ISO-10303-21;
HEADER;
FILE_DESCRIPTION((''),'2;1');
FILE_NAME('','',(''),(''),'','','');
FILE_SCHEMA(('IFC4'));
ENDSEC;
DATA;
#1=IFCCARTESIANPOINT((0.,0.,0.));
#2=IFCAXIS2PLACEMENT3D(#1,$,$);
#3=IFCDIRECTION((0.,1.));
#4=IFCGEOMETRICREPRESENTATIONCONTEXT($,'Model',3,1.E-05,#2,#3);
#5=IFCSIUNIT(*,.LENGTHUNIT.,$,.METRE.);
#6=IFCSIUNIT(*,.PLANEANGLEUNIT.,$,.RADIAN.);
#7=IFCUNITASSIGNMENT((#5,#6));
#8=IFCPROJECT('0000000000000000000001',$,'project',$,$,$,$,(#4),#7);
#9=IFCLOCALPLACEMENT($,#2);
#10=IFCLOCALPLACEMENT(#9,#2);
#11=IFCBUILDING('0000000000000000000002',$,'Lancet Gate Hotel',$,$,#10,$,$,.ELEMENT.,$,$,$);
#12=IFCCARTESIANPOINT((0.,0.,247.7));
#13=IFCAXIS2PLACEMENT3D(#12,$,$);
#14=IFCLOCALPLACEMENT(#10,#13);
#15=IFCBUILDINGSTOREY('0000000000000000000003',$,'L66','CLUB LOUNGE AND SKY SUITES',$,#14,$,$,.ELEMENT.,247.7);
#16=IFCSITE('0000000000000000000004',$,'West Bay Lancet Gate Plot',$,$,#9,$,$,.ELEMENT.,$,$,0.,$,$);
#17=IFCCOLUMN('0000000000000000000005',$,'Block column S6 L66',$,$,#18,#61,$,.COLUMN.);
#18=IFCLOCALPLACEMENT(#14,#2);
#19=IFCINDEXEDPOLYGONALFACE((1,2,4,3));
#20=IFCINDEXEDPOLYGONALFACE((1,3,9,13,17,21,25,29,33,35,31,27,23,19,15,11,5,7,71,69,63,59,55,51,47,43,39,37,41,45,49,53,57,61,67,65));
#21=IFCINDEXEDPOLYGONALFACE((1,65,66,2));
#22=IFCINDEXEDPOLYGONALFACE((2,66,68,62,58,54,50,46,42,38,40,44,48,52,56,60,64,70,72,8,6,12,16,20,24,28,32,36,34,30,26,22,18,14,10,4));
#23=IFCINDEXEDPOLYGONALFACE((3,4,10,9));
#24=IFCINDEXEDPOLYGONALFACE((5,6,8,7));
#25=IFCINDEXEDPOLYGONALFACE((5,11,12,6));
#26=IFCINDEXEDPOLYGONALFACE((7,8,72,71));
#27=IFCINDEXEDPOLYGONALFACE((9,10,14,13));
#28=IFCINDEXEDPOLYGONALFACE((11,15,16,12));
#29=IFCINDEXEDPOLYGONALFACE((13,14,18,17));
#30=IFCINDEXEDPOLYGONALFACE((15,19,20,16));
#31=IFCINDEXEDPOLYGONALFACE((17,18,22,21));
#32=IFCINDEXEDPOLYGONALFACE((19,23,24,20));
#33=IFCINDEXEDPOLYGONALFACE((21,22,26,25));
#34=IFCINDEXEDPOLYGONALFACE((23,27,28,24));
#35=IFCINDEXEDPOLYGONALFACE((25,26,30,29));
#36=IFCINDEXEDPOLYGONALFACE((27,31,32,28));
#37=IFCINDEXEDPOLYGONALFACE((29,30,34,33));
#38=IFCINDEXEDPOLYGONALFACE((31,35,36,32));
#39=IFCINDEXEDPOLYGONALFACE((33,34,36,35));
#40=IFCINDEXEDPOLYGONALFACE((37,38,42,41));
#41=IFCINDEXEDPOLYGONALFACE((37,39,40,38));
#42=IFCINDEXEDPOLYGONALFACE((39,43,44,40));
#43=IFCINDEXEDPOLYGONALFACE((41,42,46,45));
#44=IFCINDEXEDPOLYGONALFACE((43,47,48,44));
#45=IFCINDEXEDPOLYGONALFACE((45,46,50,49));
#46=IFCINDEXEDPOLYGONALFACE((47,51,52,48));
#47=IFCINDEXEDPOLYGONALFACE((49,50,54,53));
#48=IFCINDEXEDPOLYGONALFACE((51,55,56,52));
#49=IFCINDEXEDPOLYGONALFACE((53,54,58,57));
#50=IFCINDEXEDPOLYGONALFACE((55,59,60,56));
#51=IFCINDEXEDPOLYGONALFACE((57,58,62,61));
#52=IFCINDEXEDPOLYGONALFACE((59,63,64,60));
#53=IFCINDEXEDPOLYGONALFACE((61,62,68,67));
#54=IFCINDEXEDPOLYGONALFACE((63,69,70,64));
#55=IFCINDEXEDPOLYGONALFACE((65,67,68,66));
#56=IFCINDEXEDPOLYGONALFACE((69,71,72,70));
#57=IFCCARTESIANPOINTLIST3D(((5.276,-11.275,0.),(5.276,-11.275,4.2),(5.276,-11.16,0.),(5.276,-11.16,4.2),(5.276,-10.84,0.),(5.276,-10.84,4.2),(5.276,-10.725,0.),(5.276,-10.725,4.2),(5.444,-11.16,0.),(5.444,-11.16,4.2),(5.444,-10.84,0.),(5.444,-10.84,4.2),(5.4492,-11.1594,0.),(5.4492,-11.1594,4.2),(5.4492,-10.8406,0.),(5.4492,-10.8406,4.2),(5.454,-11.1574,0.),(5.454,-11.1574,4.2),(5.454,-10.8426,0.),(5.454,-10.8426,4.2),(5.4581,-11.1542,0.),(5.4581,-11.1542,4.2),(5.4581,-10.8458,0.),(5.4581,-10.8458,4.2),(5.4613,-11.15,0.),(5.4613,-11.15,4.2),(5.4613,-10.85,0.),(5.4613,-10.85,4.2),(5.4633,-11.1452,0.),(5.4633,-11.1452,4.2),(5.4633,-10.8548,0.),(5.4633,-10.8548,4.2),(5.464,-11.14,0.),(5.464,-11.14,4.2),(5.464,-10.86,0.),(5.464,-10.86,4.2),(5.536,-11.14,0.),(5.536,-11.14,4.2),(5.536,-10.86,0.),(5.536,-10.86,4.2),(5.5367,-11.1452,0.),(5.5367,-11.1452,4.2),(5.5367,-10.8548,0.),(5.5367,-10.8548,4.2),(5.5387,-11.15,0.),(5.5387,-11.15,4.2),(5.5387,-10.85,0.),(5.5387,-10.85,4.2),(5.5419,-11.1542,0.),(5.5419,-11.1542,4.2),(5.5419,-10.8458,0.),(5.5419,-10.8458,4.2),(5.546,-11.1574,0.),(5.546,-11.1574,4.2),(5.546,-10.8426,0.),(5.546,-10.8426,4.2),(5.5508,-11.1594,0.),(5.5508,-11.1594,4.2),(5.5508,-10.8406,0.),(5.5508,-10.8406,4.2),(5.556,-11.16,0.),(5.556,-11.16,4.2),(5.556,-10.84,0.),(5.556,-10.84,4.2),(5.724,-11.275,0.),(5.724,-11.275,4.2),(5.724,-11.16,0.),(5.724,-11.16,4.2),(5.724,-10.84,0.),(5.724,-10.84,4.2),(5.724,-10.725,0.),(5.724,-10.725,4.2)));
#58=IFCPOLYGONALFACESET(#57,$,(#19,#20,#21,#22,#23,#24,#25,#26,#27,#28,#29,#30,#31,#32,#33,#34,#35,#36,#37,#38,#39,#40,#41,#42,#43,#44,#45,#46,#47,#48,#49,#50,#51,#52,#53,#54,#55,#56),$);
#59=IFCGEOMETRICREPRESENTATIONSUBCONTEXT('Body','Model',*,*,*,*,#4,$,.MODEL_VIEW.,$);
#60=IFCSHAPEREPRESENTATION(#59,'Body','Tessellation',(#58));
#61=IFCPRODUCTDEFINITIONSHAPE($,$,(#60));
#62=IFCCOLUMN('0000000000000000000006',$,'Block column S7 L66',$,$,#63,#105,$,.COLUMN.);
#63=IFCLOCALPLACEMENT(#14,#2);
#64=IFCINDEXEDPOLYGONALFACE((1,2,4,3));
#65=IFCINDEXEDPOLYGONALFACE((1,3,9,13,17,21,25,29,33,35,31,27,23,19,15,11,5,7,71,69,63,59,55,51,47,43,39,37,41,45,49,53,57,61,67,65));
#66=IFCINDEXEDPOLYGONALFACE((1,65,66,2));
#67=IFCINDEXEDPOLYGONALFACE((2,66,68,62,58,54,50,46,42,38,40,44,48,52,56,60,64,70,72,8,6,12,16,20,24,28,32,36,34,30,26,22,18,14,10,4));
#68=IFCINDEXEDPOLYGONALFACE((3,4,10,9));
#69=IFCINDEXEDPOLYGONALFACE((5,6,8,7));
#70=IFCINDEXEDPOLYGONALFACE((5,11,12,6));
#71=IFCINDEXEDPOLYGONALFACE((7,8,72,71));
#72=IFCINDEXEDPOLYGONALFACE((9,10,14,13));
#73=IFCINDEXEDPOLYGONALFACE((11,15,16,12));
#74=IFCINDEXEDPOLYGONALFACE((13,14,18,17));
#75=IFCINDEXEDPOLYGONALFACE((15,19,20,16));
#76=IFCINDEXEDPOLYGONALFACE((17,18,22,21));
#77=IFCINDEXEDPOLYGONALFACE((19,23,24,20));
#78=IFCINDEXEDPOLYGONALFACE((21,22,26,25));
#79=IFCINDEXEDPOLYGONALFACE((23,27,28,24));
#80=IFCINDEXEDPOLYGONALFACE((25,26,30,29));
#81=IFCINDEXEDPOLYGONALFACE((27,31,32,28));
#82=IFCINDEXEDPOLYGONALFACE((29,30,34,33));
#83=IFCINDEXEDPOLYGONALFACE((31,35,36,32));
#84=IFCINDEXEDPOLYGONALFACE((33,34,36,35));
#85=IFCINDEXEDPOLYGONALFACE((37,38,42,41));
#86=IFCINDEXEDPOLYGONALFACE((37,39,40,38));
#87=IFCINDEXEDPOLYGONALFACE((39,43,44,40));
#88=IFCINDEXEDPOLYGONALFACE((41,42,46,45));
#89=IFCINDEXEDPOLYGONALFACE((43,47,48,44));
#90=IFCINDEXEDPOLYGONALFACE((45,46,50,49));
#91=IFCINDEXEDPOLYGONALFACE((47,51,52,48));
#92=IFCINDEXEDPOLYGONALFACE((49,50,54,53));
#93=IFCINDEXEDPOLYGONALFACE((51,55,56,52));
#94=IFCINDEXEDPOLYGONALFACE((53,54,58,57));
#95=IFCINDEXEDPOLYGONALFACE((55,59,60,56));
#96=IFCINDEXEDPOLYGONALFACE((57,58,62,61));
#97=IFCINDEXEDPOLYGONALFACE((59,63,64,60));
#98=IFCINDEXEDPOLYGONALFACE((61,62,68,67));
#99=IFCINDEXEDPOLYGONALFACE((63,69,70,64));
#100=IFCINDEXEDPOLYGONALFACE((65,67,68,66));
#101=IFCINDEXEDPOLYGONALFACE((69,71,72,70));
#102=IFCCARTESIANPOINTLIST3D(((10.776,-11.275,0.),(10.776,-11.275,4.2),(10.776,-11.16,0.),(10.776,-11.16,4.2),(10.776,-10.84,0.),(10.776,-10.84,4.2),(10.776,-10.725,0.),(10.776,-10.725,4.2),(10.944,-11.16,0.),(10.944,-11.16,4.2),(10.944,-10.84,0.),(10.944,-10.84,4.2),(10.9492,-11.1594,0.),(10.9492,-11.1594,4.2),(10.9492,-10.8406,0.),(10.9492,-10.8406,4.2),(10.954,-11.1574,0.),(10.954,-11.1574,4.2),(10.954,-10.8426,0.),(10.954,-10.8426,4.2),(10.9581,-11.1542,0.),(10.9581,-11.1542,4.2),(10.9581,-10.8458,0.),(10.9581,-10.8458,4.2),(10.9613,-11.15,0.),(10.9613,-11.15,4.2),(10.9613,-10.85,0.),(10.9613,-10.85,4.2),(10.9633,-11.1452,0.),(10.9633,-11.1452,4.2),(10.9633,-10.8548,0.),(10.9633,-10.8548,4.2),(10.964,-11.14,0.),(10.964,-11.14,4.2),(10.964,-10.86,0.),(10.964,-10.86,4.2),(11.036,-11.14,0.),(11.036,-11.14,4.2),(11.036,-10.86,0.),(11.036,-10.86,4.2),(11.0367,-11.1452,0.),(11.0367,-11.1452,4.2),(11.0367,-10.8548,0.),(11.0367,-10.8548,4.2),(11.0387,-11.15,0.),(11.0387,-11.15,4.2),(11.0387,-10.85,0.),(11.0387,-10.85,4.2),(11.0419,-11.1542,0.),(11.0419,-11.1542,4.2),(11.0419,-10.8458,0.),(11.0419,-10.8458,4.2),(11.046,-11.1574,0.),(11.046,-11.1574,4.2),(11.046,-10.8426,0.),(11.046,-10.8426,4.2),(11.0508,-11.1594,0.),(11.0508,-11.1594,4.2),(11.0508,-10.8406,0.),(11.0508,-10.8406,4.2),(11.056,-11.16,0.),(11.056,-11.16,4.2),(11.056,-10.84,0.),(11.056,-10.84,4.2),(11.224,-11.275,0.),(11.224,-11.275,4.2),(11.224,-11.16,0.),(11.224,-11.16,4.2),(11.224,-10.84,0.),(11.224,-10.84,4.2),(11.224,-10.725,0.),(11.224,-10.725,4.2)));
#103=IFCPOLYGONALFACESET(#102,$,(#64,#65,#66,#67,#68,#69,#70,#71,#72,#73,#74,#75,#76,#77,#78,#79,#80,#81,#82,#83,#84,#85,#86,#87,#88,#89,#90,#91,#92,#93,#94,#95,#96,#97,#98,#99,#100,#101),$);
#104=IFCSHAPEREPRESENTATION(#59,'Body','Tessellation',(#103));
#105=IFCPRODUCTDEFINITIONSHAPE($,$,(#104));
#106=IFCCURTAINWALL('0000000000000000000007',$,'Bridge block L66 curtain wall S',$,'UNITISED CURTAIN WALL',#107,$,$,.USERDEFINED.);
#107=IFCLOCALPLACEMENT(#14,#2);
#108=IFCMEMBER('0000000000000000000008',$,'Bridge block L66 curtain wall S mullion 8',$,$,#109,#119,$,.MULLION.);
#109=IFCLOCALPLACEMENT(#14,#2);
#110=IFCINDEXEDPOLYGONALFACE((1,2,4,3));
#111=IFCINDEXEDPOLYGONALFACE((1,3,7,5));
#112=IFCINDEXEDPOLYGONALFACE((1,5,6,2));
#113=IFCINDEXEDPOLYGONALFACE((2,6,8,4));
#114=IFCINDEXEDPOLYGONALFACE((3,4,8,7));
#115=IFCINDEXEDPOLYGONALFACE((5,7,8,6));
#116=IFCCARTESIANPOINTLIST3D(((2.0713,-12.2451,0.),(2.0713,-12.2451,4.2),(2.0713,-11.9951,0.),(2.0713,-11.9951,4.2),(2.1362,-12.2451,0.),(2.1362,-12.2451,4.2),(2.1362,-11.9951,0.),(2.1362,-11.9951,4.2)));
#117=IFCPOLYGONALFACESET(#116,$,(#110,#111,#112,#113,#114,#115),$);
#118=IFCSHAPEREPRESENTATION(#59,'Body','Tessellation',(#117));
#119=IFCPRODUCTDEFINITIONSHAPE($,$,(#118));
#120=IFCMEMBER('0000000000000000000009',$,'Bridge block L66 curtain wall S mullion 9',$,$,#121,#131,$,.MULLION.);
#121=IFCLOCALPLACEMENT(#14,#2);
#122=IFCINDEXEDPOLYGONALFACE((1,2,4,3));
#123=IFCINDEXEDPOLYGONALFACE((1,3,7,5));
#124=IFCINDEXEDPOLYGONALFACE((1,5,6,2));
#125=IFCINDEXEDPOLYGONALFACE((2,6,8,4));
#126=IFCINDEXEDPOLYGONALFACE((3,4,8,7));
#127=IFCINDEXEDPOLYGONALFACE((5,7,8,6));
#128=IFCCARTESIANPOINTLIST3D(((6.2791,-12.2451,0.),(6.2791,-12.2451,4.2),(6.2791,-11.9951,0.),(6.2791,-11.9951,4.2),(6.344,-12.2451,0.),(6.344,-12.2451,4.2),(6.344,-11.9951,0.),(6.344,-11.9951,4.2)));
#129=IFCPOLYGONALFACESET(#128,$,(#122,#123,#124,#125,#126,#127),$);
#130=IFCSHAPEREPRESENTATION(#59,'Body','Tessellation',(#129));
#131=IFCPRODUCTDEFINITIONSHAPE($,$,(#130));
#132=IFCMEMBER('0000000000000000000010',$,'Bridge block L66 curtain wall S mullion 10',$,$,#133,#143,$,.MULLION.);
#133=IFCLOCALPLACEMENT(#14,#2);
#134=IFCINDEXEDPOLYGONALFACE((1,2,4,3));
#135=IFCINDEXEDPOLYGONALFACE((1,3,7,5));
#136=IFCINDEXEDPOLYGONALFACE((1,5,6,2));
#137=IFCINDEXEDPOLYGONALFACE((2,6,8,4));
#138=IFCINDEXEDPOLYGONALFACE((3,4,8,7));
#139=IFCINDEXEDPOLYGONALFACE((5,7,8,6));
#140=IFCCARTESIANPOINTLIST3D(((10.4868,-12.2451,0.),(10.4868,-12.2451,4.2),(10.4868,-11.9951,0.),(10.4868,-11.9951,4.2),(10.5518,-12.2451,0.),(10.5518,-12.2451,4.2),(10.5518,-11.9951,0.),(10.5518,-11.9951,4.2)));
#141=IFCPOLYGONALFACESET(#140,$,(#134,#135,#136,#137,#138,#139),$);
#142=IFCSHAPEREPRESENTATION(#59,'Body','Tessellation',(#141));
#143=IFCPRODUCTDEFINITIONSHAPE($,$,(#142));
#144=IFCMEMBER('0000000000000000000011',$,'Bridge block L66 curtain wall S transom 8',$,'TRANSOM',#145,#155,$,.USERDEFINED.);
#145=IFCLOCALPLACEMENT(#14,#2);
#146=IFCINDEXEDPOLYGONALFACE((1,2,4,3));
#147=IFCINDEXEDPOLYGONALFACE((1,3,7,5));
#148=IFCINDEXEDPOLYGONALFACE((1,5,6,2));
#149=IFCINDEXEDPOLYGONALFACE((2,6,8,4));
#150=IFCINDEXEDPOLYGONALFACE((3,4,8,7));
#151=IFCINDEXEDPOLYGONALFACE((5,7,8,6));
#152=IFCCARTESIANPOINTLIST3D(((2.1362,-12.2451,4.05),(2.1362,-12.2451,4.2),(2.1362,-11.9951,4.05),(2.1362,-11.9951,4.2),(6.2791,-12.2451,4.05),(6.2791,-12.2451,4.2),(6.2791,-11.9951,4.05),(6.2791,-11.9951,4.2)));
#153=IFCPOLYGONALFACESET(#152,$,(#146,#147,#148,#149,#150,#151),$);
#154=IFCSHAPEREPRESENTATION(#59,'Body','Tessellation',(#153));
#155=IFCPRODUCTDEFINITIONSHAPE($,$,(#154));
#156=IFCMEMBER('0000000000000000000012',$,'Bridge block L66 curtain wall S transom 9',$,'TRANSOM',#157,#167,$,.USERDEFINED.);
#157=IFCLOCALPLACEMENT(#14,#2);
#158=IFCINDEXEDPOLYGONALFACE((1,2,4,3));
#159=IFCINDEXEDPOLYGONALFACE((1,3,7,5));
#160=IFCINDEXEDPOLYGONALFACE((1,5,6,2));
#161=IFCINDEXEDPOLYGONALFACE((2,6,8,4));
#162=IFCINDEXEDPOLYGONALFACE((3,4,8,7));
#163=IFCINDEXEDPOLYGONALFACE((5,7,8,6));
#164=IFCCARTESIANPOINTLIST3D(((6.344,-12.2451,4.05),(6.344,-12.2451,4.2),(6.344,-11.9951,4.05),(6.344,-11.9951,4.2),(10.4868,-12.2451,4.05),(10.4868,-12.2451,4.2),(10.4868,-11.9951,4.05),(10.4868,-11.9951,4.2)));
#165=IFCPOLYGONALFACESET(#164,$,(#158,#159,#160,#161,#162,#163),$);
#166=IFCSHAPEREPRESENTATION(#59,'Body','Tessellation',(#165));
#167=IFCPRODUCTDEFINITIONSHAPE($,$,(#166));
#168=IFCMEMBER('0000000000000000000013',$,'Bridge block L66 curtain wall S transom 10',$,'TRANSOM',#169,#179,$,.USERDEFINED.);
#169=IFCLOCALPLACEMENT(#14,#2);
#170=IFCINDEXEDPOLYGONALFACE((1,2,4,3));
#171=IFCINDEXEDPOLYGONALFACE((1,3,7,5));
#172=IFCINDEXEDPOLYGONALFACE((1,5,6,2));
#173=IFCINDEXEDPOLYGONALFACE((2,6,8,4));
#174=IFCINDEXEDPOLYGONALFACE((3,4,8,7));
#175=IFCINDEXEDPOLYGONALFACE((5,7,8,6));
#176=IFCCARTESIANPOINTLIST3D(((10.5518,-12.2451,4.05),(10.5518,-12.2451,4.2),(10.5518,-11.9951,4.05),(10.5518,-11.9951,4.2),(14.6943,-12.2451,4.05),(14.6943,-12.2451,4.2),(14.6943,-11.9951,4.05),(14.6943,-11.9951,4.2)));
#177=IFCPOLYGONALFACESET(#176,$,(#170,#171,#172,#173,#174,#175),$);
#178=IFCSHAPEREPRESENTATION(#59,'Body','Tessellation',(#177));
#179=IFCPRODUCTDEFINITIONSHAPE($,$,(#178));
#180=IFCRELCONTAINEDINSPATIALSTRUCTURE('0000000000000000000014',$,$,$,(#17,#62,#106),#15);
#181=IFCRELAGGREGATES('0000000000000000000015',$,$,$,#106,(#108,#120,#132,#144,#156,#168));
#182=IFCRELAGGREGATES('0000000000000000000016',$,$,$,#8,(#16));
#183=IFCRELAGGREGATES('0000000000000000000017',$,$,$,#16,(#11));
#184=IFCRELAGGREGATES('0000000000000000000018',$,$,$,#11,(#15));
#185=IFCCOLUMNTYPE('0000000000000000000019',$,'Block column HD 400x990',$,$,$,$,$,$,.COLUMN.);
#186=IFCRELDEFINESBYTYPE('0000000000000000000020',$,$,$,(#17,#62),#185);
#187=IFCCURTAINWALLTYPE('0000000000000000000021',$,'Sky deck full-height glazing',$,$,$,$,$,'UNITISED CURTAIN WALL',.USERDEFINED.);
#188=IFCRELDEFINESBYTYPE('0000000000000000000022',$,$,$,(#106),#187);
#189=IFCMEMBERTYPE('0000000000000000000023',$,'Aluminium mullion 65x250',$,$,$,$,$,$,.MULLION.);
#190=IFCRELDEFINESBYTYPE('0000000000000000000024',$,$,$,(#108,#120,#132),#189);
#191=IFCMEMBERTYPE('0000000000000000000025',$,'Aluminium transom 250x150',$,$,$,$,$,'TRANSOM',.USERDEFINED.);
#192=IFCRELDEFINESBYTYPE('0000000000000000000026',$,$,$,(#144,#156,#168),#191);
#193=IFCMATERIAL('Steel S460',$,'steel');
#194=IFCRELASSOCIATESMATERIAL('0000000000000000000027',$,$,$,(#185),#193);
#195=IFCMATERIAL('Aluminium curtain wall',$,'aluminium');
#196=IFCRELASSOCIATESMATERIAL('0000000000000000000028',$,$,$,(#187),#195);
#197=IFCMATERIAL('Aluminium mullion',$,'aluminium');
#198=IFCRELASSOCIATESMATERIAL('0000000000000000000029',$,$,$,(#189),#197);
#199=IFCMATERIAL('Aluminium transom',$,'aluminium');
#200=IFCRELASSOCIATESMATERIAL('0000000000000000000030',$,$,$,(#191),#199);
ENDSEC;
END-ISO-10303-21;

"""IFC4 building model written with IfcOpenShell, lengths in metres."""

from ifc_helpers import new_model, si_unit, direction, frame, origin, origin_2d, place, context, subcontext, project, spatial, rectangle, i_section, extrude, material, material_profile, profile_set, type_object, element, aggregate, save


model = new_model("IFC4")

# Units and contexts
model_context = context("Model", 3, precision=1e-05, world=origin(), true_north=direction((0.0, 1.0)))
body_context = subcontext(model_context, "Body", "Model", "MODEL_VIEW")
ifc_project = project(units=[si_unit("LENGTHUNIT", "METRE"), si_unit("PLANEANGLEUNIT", "RADIAN")], contexts=[model_context])

# Site, building, storey
site_placement = place(None, origin())
site = spatial("IfcSite", under=ifc_project, at=site_placement, Name="West Bay Lancet Gate Plot", CompositionType="ELEMENT", RefElevation=0.0)
building_placement = place(site_placement, origin())
building = spatial("IfcBuilding", under=site, at=building_placement, Name="Lancet Gate Hotel", CompositionType="ELEMENT")
storey_placement = place(building_placement, frame((0.0, 0.0, 247.7)))
storey = spatial("IfcBuildingStorey", under=building, at=storey_placement, Name="L66", Description="CLUB LOUNGE AND SKY SUITES", CompositionType="ELEMENT", Elevation=247.7)

# Columns
ifc_material_1 = material(Name="Steel S460", Category="steel")
ifc_material_profile_1 = material_profile(ifc_material_1, i_section(OverallWidth=0.448, OverallDepth=0.55, WebThickness=0.072, FlangeThickness=0.115, FilletRadius=0.02, at=origin_2d()), Name="HD 400x990")
ifc_profile_set_1 = profile_set([ifc_material_profile_1], Name="Steel S460")
column_type = type_object("IfcColumnType", Name="Block column HD 400x990", PredefinedType="COLUMN", material=ifc_profile_set_1)
for number, where, z_axis, x_axis, name in (
    (1, (5.5, -11.0, 0.0), (0.0, 0.0, 1.0), (1.0, 0.0, 0.0), "Block column S6 L66"),
    (2, (11.0, -11.0, 0.0), (0.0, 0.0, 1.0), (1.0, 0.0, 0.0), "Block column S7 L66"),
):
    element("IfcColumn", number, at=place(storey_placement, frame(where, z_axis=z_axis, x_axis=x_axis)), inside=storey, type_object=column_type, Name=name, PredefinedType="COLUMN", context=body_context, shape_type="SweptSolid", body=[
        extrude(i_section(OverallWidth=0.448, OverallDepth=0.55, WebThickness=0.072, FlangeThickness=0.115, FilletRadius=0.02, at=origin_2d()), origin(), (0.0, 0.0, 1.0), 4.2),
    ])

# Curtain wall, members
ifc_material_2 = material(Name="Aluminium curtain wall", Category="aluminium")
curtain_wall_type = type_object("IfcCurtainWallType", Name="Sky deck full-height glazing", ElementType="UNITISED CURTAIN WALL", PredefinedType="USERDEFINED", material=ifc_material_2)
curtain_wall_placement = place(storey_placement, origin())
curtain_wall = element("IfcCurtainWall", 3, at=curtain_wall_placement, inside=storey, type_object=curtain_wall_type, Name="Bridge block L66 curtain wall S", ObjectType="UNITISED CURTAIN WALL", PredefinedType="USERDEFINED")
ifc_material_3 = material(Name="Aluminium mullion", Category="aluminium")
ifc_material_profile_2 = material_profile(ifc_material_3, rectangle(XDim=0.0649, YDim=0.25, at=origin_2d()), Name="MULLION 65x250")
ifc_profile_set_2 = profile_set([ifc_material_profile_2], Name="Aluminium mullion")
member_type_1 = type_object("IfcMemberType", Name="Aluminium mullion 65x250", PredefinedType="MULLION", material=ifc_profile_set_2)
member_1_placement = place(storey_placement, frame((2.1038, -12.1201, 0.0), z_axis=(0.0, 0.0, 1.0), x_axis=(1.0, 0.0, 0.0)))
member_1 = element("IfcMember", 4, at=member_1_placement, type_object=member_type_1, Name="Bridge block L66 curtain wall S mullion 8", PredefinedType="MULLION", context=body_context, shape_type="SweptSolid", body=[
    extrude(rectangle(XDim=0.0649, YDim=0.25, at=origin_2d()), origin(), (0.0, 0.0, 1.0), 4.2),
])
member_2_placement = place(storey_placement, frame((6.3115, -12.1201, 0.0), z_axis=(0.0, 0.0, 1.0), x_axis=(1.0, 0.0, 0.0)))
member_2 = element("IfcMember", 5, at=member_2_placement, type_object=member_type_1, Name="Bridge block L66 curtain wall S mullion 9", PredefinedType="MULLION", context=body_context, shape_type="SweptSolid", body=[
    extrude(rectangle(XDim=0.0649, YDim=0.25, at=origin_2d()), origin(), (0.0, 0.0, 1.0), 4.2),
])
member_3_placement = place(storey_placement, frame((10.5193, -12.1201, 0.0), z_axis=(0.0, 0.0, 1.0), x_axis=(1.0, 0.0, 0.0)))
member_3 = element("IfcMember", 6, at=member_3_placement, type_object=member_type_1, Name="Bridge block L66 curtain wall S mullion 10", PredefinedType="MULLION", context=body_context, shape_type="SweptSolid", body=[
    extrude(rectangle(XDim=0.0649, YDim=0.25, at=origin_2d()), origin(), (0.0, 0.0, 1.0), 4.2),
])
ifc_material_4 = material(Name="Aluminium transom", Category="aluminium")
ifc_material_profile_3 = material_profile(ifc_material_4, rectangle(XDim=0.25, YDim=0.1499, at=origin_2d()), Name="TRANSOM 250x150")
ifc_profile_set_3 = profile_set([ifc_material_profile_3], Name="Aluminium transom")
member_type_2 = type_object("IfcMemberType", Name="Aluminium transom 250x150", ElementType="TRANSOM", PredefinedType="USERDEFINED", material=ifc_profile_set_3)
member_4_placement = place(storey_placement, frame((2.1362, -12.1201, 4.125), z_axis=(1.0, 0.0, 0.0), x_axis=(0.0, 1.0, 0.0)))
member_4 = element("IfcMember", 7, at=member_4_placement, type_object=member_type_2, Name="Bridge block L66 curtain wall S transom 8", ObjectType="TRANSOM", PredefinedType="USERDEFINED", context=body_context, shape_type="SweptSolid", body=[
    extrude(rectangle(XDim=0.25, YDim=0.1499, at=origin_2d()), origin(), (0.0, 0.0, 1.0), 4.1428),
])
member_5_placement = place(storey_placement, frame((6.344, -12.1201, 4.125), z_axis=(1.0, 0.0, 0.0), x_axis=(0.0, 1.0, 0.0)))
member_5 = element("IfcMember", 8, at=member_5_placement, type_object=member_type_2, Name="Bridge block L66 curtain wall S transom 9", ObjectType="TRANSOM", PredefinedType="USERDEFINED", context=body_context, shape_type="SweptSolid", body=[
    extrude(rectangle(XDim=0.25, YDim=0.1499, at=origin_2d()), origin(), (0.0, 0.0, 1.0), 4.1428),
])
member_6_placement = place(storey_placement, frame((10.5518, -12.1201, 4.125), z_axis=(1.0, 0.0, 0.0), x_axis=(0.0, 1.0, 0.0)))
member_6 = element("IfcMember", 9, at=member_6_placement, type_object=member_type_2, Name="Bridge block L66 curtain wall S transom 10", ObjectType="TRANSOM", PredefinedType="USERDEFINED", context=body_context, shape_type="SweptSolid", body=[
    extrude(rectangle(XDim=0.25, YDim=0.1499, at=origin_2d()), origin(), (0.0, 0.0, 1.0), 4.1426),
])

aggregate(curtain_wall, [member_1, member_2, member_3, member_4, member_5, member_6])

save(model, "model.ifc")
